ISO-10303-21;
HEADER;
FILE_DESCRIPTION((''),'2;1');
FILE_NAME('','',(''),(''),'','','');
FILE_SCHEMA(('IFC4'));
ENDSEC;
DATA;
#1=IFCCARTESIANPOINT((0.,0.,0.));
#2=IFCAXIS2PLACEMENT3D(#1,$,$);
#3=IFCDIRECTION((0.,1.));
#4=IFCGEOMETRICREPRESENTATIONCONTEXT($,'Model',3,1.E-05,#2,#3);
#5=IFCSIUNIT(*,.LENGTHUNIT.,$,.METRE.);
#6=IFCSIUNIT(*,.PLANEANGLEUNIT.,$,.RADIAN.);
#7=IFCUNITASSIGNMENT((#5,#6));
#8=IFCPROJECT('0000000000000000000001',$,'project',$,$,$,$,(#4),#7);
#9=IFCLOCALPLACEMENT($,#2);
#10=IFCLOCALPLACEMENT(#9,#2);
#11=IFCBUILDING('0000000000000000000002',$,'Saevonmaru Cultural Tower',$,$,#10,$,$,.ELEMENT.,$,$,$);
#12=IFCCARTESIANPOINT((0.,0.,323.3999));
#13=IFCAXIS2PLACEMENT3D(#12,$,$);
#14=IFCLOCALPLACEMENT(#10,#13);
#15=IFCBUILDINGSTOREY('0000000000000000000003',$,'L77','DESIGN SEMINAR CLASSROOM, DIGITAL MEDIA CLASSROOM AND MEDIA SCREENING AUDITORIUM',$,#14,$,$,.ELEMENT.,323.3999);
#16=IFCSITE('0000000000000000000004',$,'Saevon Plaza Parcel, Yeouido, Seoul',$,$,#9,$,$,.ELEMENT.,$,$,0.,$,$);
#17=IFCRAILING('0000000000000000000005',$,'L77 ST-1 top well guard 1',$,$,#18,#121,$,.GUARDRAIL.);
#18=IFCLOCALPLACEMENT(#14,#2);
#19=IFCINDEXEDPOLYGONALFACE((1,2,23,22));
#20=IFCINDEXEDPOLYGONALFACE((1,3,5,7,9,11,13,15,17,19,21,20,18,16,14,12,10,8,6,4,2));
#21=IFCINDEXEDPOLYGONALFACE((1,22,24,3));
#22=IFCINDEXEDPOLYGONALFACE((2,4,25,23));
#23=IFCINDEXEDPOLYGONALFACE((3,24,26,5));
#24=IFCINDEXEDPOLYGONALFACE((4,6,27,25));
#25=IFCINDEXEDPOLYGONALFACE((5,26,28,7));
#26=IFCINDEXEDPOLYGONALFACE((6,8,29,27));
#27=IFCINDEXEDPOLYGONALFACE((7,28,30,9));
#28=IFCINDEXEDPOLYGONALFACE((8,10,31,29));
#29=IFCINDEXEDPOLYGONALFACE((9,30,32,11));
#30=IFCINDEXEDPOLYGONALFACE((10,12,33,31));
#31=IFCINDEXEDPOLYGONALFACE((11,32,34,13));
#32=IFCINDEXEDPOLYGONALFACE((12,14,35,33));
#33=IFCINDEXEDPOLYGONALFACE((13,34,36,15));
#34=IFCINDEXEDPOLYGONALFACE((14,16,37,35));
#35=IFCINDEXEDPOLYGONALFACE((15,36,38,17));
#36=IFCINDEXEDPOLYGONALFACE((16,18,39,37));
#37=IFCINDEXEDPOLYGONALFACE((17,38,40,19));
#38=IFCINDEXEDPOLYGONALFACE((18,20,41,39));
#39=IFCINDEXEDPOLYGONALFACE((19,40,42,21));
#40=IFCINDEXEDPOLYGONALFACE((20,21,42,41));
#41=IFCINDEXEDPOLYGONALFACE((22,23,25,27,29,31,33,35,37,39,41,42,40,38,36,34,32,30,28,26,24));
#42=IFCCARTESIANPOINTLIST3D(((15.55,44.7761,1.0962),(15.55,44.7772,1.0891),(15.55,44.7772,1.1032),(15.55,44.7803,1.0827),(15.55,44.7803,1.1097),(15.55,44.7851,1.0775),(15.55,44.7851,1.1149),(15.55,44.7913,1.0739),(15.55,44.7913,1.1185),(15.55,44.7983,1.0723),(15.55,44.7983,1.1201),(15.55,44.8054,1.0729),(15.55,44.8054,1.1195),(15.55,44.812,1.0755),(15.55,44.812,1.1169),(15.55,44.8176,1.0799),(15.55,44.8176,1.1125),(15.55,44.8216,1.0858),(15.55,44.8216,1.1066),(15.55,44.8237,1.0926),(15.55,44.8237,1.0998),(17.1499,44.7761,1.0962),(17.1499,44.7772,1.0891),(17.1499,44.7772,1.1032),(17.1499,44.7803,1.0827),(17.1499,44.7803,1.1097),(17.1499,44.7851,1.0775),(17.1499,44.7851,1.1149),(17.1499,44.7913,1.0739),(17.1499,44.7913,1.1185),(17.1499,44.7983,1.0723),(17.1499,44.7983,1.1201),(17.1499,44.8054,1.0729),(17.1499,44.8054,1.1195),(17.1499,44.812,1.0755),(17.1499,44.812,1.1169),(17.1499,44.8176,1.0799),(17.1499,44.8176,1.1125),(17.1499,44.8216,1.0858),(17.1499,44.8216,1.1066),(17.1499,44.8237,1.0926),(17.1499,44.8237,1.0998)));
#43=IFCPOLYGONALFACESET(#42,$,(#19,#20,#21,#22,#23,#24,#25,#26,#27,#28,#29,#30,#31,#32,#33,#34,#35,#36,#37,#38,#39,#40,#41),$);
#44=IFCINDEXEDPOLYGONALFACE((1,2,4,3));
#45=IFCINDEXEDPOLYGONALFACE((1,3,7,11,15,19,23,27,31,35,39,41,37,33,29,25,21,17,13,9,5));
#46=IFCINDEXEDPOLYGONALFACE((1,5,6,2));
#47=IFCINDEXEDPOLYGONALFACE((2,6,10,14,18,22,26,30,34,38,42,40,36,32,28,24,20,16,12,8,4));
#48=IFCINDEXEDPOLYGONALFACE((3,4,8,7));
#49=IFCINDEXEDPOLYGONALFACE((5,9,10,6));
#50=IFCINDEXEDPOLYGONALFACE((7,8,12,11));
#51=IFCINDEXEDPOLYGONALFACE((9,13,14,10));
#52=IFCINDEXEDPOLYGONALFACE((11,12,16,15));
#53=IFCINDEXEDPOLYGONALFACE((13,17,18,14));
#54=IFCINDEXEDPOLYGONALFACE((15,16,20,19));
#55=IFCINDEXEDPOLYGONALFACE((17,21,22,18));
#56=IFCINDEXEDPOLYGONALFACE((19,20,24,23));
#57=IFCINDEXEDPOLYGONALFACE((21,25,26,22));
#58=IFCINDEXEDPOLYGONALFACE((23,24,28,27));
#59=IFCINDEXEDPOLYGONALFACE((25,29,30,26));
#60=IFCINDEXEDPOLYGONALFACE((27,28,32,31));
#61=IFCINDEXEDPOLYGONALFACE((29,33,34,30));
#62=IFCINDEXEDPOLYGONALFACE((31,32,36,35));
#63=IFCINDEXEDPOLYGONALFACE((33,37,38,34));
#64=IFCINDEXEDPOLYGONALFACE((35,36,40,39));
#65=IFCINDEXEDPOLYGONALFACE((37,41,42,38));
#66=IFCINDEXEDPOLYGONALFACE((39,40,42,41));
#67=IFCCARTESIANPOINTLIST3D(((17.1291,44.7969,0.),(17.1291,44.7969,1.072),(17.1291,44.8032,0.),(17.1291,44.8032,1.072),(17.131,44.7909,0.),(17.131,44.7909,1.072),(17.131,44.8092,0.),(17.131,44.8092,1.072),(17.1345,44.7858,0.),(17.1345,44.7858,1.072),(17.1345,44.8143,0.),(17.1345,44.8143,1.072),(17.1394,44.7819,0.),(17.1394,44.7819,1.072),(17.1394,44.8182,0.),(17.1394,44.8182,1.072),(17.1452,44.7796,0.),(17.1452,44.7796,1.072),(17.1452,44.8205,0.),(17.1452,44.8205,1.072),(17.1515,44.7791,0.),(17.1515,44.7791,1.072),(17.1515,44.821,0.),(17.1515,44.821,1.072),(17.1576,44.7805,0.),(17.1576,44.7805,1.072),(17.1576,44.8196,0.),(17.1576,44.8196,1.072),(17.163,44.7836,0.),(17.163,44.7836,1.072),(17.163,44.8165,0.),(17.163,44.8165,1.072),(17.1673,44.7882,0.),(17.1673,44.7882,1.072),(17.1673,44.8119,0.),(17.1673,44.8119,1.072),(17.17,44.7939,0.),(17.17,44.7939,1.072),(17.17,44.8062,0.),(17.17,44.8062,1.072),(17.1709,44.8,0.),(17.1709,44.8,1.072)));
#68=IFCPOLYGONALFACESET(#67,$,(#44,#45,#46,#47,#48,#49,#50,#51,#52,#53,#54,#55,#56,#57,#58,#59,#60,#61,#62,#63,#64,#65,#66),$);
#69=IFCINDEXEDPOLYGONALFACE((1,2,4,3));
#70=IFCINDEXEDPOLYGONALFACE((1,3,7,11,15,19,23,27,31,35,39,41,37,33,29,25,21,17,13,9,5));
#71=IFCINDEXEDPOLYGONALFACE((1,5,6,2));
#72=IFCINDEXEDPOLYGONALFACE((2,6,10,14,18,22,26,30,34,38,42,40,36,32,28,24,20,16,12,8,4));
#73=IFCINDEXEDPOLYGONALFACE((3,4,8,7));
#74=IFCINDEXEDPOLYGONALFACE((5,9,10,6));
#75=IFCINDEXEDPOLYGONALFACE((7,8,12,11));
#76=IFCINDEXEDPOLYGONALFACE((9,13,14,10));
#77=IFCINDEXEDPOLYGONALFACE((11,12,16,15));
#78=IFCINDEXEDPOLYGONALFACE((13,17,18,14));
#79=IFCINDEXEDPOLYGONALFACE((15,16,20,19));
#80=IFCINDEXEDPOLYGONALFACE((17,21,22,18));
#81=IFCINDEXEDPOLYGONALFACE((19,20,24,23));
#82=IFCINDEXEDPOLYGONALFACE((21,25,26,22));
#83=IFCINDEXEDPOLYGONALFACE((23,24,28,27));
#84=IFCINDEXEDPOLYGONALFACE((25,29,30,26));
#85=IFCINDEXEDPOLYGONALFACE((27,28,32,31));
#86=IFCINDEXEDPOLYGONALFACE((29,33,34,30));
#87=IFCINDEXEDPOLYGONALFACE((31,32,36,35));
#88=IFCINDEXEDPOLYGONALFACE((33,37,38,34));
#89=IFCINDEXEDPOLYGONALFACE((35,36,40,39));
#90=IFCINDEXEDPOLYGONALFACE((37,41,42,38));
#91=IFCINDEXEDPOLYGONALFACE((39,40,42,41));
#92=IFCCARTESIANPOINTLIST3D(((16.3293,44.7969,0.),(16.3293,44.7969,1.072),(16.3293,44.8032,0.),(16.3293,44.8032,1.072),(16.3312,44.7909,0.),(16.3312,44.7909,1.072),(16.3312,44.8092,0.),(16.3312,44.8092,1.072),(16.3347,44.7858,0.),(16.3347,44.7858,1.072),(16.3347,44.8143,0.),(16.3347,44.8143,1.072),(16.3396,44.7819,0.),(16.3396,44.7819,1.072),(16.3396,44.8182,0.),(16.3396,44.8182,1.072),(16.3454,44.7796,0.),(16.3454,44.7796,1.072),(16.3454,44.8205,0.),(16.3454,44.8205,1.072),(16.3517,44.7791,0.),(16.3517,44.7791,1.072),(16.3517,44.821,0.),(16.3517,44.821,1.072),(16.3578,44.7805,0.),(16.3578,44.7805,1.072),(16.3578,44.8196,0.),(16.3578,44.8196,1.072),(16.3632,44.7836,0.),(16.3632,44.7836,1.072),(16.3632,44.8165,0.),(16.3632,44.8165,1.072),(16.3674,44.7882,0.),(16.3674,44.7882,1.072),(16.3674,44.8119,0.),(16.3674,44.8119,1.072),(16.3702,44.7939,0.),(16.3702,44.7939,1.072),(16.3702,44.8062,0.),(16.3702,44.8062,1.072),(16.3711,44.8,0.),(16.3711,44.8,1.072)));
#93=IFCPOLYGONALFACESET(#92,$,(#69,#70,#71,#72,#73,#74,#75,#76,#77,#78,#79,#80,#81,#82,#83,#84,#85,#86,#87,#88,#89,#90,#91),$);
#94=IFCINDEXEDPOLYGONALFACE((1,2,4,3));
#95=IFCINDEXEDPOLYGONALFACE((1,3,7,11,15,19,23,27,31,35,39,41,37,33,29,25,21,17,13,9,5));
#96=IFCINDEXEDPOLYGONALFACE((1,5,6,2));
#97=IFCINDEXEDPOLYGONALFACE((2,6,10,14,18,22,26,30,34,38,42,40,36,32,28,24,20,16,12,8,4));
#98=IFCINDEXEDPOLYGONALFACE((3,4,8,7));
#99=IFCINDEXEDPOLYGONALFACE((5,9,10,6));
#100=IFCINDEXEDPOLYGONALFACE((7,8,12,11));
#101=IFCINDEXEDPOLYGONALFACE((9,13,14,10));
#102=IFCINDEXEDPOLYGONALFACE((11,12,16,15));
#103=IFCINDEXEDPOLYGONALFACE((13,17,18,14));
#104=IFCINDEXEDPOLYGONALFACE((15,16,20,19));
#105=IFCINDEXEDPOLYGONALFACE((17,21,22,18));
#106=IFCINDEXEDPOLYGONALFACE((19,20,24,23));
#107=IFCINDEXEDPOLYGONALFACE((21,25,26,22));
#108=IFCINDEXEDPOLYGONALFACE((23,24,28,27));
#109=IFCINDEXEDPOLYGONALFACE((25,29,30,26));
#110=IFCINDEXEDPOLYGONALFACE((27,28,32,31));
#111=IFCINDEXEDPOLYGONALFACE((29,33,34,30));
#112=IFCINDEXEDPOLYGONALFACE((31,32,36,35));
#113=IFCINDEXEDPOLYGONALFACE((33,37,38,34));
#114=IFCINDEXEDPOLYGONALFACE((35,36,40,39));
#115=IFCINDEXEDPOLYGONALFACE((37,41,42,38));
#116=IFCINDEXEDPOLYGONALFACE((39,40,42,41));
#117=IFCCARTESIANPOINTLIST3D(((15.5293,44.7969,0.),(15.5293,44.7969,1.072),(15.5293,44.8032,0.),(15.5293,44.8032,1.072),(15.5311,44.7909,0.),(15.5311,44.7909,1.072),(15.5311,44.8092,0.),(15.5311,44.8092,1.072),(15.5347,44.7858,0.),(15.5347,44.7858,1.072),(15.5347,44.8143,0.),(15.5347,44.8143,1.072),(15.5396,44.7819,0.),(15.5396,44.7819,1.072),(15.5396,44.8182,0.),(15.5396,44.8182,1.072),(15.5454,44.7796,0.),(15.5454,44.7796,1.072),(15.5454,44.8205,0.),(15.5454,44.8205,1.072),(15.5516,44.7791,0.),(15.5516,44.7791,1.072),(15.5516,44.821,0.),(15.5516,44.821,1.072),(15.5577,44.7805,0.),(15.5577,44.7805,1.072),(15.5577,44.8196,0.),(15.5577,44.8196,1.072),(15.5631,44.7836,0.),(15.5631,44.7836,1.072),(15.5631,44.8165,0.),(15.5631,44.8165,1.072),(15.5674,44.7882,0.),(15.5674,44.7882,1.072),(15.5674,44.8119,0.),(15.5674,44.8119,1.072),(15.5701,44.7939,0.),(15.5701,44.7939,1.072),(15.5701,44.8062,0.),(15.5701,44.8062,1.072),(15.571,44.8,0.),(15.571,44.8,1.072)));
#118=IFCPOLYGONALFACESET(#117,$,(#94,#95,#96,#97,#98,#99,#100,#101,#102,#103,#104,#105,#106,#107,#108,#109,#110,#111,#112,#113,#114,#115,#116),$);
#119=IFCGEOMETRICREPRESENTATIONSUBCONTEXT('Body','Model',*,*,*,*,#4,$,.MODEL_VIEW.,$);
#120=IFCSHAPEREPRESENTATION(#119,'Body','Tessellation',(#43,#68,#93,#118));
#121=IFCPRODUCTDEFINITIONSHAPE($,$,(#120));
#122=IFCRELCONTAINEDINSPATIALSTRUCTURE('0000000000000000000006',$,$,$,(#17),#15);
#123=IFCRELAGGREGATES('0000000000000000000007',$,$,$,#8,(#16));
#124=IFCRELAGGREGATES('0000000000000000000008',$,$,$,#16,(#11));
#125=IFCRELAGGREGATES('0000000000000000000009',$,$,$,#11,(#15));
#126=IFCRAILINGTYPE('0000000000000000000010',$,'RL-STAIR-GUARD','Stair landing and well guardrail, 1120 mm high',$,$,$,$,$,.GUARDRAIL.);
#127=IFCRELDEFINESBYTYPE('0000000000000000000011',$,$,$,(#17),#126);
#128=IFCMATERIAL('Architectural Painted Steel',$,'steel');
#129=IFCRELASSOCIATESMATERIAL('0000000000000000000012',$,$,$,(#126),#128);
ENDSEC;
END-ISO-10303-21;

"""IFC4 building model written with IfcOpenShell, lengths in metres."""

from ifc_helpers import new_model, si_unit, direction, frame, origin, origin_2d, place, context, subcontext, project, spatial, circle, extrude, material, type_object, element, save


model = new_model("IFC4")

# Units and contexts
model_context = context("Model", 3, precision=1e-05, world=origin(), true_north=direction((0.0, 1.0)))
body_context = subcontext(model_context, "Body", "Model", "MODEL_VIEW")
ifc_project = project(units=[si_unit("LENGTHUNIT", "METRE"), si_unit("PLANEANGLEUNIT", "RADIAN")], contexts=[model_context])

# Site, building, storey
site_placement = place(None, origin())
site = spatial("IfcSite", under=ifc_project, at=site_placement, Name="Saevon Plaza Parcel, Yeouido, Seoul", CompositionType="ELEMENT", RefElevation=0.0)
building_placement = place(site_placement, origin())
building = spatial("IfcBuilding", under=site, at=building_placement, Name="Saevonmaru Cultural Tower", CompositionType="ELEMENT")
storey_placement = place(building_placement, frame((0.0, 0.0, 323.3999)))
storey = spatial("IfcBuildingStorey", under=building, at=storey_placement, Name="L77", Description="DESIGN SEMINAR CLASSROOM, DIGITAL MEDIA CLASSROOM AND MEDIA SCREENING AUDITORIUM", CompositionType="ELEMENT", Elevation=323.3999)

# Railing
ifc_material_1 = material(Name="Architectural Painted Steel", Category="steel")
railing_type = type_object("IfcRailingType", Name="RL-STAIR-GUARD", Description="Stair landing and well guardrail, 1120 mm high", PredefinedType="GUARDRAIL", material=ifc_material_1)
railing_placement = place(storey_placement, frame((17.1499, 44.8, 0.0)))
element("IfcRailing", 1, at=railing_placement, inside=storey, type_object=railing_type, Name="L77 ST-1 top well guard 1", PredefinedType="GUARDRAIL", context=body_context, shape_type="SweptSolid", body=[
    extrude(circle(Radius=0.0239, at=origin_2d()), frame((0.0, 0.0, 1.0962), z_axis=(-1.0, 0.0, 0.0), x_axis=(0.0, -1.0, 0.0)), (0.0, 0.0, 1.0), 1.5999),
    extrude(circle(Radius=0.021, at=origin_2d()), origin(), (0.0, 0.0, 1.0), 1.072),
    extrude(circle(Radius=0.021, at=origin_2d()), frame((-0.7998, 0.0, 0.0)), (0.0, 0.0, 1.0), 1.072),
    extrude(circle(Radius=0.021, at=origin_2d()), frame((-1.5999, 0.0, 0.0)), (0.0, 0.0, 1.0), 1.072),
])

save(model, "model.ifc")
